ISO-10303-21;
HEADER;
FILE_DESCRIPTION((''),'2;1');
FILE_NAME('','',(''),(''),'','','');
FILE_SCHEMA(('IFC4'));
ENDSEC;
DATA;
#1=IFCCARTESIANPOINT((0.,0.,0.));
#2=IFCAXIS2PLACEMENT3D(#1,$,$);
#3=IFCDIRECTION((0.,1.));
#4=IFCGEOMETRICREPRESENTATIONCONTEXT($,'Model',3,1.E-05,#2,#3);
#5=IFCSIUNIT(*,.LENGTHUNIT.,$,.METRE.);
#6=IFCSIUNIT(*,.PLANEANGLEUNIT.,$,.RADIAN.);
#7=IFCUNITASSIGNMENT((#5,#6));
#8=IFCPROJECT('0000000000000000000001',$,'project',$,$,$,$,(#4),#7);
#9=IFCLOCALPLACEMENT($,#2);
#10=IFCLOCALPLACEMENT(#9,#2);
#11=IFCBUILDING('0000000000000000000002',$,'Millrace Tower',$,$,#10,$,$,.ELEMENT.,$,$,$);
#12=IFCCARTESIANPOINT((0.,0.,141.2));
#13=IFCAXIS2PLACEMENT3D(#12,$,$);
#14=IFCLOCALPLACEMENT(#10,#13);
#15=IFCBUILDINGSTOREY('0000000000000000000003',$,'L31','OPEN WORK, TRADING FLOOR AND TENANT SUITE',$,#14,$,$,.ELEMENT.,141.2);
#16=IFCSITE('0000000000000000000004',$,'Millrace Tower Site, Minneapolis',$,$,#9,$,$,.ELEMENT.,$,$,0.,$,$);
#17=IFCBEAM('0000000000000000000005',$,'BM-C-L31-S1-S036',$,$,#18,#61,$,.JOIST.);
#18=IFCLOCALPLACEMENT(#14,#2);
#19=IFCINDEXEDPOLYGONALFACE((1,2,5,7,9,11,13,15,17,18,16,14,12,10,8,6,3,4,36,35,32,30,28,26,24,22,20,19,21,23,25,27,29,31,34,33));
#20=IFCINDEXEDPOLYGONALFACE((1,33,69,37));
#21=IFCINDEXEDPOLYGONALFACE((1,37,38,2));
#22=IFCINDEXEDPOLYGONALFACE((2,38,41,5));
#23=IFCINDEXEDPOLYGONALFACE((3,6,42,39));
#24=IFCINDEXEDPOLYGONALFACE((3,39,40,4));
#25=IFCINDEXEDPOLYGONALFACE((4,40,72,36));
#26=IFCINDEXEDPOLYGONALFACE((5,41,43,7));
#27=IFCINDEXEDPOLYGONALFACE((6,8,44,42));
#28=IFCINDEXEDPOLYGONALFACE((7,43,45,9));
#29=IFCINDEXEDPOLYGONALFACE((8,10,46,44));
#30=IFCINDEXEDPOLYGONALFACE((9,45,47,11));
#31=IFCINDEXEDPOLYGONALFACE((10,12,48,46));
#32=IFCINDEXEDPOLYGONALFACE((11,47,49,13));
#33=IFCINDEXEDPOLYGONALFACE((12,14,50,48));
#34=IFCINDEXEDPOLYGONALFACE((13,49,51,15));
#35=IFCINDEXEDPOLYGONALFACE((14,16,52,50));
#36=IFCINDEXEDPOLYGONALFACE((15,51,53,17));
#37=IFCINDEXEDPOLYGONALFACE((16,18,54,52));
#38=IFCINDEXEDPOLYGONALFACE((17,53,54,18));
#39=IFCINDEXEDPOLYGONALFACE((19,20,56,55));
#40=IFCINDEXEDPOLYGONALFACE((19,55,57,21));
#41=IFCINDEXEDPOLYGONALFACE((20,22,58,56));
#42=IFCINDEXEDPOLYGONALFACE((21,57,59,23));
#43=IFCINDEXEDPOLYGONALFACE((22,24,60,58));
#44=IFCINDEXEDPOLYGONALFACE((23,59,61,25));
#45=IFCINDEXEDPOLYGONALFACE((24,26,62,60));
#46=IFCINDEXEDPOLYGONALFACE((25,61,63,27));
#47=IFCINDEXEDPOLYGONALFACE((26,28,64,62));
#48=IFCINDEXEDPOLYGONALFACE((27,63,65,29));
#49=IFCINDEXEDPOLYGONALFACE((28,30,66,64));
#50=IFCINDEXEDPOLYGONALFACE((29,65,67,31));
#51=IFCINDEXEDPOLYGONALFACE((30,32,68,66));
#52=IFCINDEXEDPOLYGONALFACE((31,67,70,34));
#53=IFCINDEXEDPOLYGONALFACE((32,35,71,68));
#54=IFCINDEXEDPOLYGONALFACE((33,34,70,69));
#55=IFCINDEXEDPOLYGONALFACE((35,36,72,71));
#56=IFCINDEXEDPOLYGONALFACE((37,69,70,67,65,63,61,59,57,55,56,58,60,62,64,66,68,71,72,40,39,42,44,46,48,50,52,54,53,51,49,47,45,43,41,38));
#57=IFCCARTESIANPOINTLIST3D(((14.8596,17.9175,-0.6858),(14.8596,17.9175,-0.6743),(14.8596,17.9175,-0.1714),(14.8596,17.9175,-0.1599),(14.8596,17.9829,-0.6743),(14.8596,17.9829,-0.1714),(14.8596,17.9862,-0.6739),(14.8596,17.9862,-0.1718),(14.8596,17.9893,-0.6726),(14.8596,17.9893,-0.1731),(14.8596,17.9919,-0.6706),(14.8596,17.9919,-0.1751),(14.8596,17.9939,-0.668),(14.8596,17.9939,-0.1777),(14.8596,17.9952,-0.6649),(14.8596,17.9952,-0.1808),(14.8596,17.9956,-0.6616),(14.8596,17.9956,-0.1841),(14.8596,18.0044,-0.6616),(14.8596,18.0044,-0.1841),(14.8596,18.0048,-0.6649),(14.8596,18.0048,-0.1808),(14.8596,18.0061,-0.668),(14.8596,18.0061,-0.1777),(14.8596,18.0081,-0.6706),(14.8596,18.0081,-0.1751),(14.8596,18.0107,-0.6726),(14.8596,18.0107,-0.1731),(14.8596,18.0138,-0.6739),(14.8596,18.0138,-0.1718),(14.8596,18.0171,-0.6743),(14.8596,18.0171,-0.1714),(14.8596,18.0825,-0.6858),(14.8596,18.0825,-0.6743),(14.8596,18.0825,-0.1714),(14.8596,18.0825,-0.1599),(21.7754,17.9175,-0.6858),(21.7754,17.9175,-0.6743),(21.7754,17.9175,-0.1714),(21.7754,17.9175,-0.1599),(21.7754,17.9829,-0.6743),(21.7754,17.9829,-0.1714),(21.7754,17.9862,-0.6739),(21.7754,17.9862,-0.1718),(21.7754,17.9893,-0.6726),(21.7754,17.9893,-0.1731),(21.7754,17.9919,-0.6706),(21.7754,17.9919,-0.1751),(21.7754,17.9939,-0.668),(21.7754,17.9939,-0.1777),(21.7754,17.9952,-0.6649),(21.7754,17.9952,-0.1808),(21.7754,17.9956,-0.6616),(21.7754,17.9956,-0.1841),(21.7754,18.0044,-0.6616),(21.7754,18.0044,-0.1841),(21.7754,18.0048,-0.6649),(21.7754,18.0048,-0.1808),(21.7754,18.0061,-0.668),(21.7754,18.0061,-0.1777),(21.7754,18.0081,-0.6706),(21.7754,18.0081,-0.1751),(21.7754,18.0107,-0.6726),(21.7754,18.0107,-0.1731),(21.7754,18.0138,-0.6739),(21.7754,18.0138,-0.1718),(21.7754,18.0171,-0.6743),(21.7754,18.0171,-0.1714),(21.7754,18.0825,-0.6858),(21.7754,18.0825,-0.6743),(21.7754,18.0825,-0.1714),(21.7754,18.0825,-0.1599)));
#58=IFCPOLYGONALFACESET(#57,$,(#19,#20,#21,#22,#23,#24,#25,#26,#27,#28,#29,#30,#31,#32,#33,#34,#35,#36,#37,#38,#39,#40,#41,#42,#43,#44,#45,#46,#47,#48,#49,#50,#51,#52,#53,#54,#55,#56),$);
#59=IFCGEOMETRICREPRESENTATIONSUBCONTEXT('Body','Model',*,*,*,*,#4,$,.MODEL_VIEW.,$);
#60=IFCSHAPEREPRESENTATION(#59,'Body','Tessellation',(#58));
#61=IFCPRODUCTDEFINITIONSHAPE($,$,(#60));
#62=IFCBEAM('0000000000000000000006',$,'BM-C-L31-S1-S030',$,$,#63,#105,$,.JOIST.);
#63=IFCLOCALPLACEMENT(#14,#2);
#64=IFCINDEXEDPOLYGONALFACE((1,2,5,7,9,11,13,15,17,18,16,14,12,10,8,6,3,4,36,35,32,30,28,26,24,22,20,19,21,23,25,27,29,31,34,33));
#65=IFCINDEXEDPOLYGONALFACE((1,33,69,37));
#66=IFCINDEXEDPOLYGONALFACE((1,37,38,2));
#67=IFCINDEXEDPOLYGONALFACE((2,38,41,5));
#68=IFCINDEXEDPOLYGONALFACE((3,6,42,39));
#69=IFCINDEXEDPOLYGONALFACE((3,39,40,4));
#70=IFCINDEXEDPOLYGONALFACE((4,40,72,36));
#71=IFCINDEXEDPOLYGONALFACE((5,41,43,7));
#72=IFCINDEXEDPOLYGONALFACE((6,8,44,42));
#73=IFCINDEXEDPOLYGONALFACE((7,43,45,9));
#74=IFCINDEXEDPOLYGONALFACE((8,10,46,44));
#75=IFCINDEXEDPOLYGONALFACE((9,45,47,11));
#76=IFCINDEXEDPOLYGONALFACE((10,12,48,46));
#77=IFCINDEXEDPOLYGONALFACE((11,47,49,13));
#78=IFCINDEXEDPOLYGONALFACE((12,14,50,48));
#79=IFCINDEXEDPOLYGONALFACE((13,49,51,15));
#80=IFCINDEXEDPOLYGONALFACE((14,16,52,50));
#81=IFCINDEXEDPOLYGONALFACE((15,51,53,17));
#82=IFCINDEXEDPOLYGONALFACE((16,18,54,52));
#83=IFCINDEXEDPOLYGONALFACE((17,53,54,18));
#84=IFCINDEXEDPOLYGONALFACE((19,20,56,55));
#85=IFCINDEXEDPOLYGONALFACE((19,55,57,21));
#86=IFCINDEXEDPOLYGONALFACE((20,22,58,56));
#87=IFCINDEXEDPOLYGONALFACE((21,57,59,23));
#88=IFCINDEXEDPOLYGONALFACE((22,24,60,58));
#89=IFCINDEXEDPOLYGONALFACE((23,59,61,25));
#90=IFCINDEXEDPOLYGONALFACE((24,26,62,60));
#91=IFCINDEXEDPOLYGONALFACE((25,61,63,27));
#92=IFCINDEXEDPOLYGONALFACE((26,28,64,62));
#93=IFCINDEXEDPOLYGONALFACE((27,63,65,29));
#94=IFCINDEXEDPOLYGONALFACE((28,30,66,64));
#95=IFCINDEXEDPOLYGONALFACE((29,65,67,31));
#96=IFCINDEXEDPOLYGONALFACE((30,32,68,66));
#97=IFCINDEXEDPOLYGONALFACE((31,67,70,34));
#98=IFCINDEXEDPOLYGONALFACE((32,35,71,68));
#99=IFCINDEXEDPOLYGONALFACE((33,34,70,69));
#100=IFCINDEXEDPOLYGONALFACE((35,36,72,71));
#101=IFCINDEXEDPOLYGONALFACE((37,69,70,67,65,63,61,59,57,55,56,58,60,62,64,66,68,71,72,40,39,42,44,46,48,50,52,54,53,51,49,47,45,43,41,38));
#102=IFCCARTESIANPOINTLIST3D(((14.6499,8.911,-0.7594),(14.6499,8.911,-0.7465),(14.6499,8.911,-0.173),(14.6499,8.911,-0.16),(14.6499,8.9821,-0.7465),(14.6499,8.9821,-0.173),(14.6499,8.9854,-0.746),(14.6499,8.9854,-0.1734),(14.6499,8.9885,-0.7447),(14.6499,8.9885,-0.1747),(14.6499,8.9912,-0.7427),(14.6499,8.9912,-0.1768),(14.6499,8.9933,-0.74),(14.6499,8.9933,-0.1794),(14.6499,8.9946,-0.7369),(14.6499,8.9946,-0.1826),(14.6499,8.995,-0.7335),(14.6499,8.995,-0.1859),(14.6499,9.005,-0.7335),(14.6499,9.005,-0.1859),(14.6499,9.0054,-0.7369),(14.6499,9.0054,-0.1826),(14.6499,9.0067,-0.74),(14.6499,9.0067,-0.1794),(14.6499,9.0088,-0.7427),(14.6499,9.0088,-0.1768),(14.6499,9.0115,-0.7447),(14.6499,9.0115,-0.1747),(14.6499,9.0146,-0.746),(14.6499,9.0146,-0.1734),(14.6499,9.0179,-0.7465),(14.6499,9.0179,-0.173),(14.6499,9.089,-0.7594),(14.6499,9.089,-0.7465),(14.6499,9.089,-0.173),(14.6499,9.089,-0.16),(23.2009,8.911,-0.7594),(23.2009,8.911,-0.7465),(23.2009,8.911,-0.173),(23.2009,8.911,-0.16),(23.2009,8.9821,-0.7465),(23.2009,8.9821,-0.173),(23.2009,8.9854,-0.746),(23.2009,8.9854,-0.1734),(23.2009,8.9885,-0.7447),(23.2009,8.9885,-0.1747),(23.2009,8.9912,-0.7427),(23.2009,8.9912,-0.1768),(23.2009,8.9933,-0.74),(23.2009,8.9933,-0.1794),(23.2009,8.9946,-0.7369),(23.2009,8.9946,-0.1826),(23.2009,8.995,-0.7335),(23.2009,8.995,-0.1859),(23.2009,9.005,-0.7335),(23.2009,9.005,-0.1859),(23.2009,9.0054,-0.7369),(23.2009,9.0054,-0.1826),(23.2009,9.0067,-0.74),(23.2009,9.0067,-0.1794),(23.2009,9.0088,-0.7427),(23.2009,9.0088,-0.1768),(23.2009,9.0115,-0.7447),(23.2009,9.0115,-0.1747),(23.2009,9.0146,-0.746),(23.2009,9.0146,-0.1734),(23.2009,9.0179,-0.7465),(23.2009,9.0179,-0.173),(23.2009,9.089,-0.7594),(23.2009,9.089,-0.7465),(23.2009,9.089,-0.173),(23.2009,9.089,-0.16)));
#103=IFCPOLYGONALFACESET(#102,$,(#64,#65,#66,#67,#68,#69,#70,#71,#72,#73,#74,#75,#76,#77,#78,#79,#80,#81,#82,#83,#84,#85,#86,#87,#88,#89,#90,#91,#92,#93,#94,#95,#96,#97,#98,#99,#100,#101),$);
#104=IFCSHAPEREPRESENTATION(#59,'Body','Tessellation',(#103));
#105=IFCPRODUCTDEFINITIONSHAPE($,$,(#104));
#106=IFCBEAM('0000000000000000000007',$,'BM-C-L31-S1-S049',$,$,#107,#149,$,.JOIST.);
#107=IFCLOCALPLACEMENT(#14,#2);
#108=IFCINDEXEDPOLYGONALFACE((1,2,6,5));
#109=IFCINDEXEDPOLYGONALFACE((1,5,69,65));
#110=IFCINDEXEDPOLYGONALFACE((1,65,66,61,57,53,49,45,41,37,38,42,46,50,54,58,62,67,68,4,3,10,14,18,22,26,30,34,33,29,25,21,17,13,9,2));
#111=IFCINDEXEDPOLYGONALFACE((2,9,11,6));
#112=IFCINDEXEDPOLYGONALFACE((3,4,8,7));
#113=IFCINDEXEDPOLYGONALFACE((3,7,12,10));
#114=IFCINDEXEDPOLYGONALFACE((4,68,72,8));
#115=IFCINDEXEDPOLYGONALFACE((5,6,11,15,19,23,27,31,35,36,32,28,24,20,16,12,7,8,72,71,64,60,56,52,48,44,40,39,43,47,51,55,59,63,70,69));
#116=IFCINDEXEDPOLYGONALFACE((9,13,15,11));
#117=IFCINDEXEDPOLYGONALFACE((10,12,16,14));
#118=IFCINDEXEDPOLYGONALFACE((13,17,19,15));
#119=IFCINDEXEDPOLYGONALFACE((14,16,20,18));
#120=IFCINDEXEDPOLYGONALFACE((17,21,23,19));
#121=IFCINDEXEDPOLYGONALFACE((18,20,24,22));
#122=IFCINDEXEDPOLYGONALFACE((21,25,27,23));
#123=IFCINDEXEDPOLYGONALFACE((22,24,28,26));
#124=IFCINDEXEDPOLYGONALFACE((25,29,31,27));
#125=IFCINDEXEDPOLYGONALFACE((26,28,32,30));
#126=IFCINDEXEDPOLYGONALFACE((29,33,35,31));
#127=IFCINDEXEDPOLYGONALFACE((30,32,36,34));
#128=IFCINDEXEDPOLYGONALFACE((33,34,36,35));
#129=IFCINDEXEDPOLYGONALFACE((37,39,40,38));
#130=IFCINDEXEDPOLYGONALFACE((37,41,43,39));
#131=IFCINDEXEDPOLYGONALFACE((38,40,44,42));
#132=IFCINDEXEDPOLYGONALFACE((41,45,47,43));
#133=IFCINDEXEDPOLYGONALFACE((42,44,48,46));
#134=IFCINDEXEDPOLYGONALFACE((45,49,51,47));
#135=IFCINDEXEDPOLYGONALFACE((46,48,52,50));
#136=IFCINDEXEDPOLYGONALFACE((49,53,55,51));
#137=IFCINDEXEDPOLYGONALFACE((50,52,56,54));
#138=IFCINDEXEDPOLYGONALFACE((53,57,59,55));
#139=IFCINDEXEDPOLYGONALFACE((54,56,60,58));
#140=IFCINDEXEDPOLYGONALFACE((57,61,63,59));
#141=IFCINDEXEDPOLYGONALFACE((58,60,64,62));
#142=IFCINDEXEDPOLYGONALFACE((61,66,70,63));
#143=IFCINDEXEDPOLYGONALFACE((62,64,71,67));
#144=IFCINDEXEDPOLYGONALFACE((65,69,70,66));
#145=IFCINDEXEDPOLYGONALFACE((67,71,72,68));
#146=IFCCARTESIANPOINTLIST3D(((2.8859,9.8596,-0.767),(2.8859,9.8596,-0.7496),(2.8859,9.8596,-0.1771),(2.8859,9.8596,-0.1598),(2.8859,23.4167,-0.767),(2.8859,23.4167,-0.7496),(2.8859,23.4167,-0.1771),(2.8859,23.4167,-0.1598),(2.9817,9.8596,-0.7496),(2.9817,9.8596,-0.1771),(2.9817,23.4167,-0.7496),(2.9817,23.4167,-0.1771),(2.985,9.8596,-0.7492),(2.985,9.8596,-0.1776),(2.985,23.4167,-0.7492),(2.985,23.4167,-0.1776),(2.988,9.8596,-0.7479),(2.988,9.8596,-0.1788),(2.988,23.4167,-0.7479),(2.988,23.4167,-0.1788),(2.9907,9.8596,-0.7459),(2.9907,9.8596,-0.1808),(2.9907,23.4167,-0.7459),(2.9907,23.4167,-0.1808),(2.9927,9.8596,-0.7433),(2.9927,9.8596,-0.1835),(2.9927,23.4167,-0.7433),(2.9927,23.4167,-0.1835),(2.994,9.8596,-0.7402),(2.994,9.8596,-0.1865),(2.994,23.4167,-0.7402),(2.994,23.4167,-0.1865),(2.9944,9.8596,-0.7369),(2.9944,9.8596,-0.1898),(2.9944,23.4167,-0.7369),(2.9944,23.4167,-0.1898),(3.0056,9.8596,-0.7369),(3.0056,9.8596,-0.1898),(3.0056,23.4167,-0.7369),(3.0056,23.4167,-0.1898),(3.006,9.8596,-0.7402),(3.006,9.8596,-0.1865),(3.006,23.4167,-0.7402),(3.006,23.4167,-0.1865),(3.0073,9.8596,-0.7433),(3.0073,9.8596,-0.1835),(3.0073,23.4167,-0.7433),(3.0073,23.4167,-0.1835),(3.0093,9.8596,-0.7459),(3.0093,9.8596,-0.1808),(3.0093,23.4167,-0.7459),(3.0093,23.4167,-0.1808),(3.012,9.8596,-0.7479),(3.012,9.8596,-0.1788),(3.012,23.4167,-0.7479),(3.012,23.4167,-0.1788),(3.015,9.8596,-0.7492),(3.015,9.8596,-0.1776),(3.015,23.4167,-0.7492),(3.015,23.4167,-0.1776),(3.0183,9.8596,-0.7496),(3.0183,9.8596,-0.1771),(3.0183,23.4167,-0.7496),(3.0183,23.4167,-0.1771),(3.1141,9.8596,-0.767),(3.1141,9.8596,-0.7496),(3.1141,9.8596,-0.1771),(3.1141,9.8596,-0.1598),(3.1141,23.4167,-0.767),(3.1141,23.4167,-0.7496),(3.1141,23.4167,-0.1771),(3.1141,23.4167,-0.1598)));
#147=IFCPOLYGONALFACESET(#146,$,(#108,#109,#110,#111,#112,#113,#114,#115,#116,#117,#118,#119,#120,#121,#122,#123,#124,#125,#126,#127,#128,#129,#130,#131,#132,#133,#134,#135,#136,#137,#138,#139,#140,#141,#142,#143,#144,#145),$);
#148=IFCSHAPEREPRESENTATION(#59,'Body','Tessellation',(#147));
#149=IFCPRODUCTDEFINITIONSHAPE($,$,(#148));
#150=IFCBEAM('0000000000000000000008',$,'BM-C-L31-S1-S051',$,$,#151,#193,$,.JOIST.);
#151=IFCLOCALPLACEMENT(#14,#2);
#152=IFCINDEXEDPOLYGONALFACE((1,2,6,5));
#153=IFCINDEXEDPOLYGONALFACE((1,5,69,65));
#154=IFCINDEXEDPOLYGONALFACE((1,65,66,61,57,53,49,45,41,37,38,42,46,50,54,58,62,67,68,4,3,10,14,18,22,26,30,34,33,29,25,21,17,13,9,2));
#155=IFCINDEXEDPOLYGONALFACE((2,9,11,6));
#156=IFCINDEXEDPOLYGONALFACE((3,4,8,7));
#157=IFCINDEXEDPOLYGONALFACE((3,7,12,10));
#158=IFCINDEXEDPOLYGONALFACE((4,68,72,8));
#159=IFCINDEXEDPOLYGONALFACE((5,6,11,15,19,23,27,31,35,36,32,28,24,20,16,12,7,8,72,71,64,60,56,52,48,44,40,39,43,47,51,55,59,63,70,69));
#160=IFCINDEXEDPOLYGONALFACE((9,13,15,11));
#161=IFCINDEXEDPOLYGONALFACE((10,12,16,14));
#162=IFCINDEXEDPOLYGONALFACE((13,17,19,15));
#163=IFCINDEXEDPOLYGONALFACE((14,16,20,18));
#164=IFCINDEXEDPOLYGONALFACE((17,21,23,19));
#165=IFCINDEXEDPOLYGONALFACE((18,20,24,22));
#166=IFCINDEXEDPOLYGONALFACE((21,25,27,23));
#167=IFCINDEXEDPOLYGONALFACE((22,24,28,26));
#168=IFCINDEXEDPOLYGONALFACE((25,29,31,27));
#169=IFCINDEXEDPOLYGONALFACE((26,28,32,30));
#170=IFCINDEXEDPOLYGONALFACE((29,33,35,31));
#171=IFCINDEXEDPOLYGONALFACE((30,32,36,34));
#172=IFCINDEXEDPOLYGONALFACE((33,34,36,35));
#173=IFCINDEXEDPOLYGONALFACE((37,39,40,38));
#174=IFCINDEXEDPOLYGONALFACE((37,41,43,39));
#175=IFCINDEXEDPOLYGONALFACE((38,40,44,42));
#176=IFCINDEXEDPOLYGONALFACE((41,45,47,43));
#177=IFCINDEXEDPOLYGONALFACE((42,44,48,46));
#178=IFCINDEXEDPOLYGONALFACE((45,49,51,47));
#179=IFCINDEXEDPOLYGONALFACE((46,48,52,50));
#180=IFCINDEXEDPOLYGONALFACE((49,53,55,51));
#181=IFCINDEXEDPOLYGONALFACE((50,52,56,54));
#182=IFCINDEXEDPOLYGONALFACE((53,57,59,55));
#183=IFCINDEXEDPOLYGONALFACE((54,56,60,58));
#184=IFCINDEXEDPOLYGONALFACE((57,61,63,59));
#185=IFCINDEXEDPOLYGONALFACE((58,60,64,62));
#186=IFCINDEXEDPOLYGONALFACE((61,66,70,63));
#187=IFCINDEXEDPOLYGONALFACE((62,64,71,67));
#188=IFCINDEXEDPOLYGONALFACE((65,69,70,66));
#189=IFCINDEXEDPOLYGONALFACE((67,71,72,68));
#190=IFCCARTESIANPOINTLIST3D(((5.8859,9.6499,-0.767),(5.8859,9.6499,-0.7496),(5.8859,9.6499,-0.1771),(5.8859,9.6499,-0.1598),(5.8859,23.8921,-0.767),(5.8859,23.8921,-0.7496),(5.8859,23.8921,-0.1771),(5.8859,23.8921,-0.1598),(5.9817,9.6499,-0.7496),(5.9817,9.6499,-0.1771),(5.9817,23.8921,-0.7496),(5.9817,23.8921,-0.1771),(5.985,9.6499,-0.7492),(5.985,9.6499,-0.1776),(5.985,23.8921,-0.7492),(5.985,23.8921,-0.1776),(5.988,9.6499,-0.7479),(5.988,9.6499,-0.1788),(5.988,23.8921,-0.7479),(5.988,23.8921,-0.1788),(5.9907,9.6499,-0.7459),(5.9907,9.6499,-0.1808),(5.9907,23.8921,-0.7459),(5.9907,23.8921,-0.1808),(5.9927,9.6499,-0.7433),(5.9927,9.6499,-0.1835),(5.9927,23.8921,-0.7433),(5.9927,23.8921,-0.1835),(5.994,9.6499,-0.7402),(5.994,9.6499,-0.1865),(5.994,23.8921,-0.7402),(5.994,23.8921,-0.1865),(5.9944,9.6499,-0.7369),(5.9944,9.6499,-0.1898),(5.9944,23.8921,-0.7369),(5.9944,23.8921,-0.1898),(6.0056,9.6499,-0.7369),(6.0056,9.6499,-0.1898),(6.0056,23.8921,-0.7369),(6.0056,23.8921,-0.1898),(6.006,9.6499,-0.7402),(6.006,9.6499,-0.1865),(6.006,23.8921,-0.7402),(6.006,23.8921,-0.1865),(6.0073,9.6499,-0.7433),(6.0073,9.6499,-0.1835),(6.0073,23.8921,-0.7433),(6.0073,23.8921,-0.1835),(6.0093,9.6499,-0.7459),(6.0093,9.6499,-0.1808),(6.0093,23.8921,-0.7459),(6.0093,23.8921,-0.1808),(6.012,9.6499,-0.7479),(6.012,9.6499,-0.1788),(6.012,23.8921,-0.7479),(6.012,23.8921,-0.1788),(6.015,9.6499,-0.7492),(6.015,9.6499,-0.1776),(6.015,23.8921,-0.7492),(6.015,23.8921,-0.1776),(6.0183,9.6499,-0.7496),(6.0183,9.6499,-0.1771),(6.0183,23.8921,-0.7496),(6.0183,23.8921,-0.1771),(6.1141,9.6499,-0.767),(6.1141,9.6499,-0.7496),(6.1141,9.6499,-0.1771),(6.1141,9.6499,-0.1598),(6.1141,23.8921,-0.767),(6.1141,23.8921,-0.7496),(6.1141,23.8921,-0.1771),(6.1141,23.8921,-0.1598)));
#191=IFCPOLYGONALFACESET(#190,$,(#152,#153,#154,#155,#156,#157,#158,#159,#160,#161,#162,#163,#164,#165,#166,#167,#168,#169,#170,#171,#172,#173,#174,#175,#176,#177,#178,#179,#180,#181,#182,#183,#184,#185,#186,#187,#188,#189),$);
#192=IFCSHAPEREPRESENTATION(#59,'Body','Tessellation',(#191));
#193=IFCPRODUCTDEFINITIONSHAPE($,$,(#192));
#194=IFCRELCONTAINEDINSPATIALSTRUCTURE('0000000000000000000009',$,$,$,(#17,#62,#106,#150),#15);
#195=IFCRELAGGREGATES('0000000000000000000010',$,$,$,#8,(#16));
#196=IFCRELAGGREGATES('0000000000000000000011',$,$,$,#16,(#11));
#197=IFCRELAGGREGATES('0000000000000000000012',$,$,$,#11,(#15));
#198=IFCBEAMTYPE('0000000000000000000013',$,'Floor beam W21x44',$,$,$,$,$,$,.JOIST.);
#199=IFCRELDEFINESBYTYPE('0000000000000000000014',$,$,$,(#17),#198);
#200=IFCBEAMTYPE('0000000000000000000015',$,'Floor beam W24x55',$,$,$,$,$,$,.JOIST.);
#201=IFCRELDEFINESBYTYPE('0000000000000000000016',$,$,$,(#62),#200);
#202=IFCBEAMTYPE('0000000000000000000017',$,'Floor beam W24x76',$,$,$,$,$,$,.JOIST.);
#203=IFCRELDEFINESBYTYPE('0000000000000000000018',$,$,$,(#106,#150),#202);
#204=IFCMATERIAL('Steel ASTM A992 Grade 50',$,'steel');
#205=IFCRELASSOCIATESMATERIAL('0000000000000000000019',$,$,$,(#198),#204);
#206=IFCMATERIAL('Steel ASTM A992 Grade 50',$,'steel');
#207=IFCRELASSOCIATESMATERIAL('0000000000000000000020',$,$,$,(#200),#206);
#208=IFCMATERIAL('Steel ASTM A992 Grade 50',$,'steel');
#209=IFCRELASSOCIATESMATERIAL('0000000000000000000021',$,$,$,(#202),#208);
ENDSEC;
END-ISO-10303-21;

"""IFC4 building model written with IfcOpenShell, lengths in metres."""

from ifc_helpers import new_model, si_unit, direction, frame, origin, origin_2d, place, context, subcontext, project, spatial, i_section, extrude, material, material_profile, profile_set, type_object, element, save


model = new_model("IFC4")

# Units and contexts
model_context = context("Model", 3, precision=1e-05, world=origin(), true_north=direction((0.0, 1.0)))
body_context = subcontext(model_context, "Body", "Model", "MODEL_VIEW")
ifc_project = project(units=[si_unit("LENGTHUNIT", "METRE"), si_unit("PLANEANGLEUNIT", "RADIAN")], contexts=[model_context])

# Site, building, storey
site_placement = place(None, origin())
site = spatial("IfcSite", under=ifc_project, at=site_placement, Name="Millrace Tower Site, Minneapolis", CompositionType="ELEMENT", RefElevation=0.0)
building_placement = place(site_placement, origin())
building = spatial("IfcBuilding", under=site, at=building_placement, Name="Millrace Tower", CompositionType="ELEMENT")
storey_placement = place(building_placement, frame((0.0, 0.0, 141.2)))
storey = spatial("IfcBuildingStorey", under=building, at=storey_placement, Name="L31", Description="OPEN WORK, TRADING FLOOR AND TENANT SUITE", CompositionType="ELEMENT", Elevation=141.2)

# Beams
ifc_material_1 = material(Name="Steel ASTM A992 Grade 50", Category="steel")
ifc_material_profile_1 = material_profile(ifc_material_1, i_section(OverallWidth=0.165, OverallDepth=0.5259, WebThickness=0.0088, FlangeThickness=0.0115, FilletRadius=0.0127, at=origin_2d()))
ifc_profile_set_1 = profile_set([ifc_material_profile_1], Name="Steel ASTM A992 Grade 50")
beam_type_1 = type_object("IfcBeamType", Name="Floor beam W21x44", PredefinedType="JOIST", material=ifc_profile_set_1)
beam_1_placement = place(storey_placement, frame((14.8596, 18.0, -0.4229), z_axis=(1.0, 0.0, 0.0), x_axis=(0.0, 1.0, 0.0)))
element("IfcBeam", 1, at=beam_1_placement, inside=storey, type_object=beam_type_1, Name="BM-C-L31-S1-S036", PredefinedType="JOIST", context=body_context, shape_type="SweptSolid", body=[
    extrude(i_section(OverallWidth=0.165, OverallDepth=0.5259, WebThickness=0.0088, FlangeThickness=0.0115, FilletRadius=0.0127, at=origin_2d()), origin(), (0.0, 0.0, 1.0), 6.9158),
])
ifc_material_2 = material(Name="Steel ASTM A992 Grade 50", Category="steel")
ifc_material_profile_2 = material_profile(ifc_material_2, i_section(OverallWidth=0.178, OverallDepth=0.5994, WebThickness=0.01, FlangeThickness=0.0129, FilletRadius=0.0129, at=origin_2d()))
ifc_profile_set_2 = profile_set([ifc_material_profile_2], Name="Steel ASTM A992 Grade 50")
beam_type_2 = type_object("IfcBeamType", Name="Floor beam W24x55", PredefinedType="JOIST", material=ifc_profile_set_2)
beam_2_placement = place(storey_placement, frame((14.6499, 9.0, -0.4597), z_axis=(1.0, 0.0, 0.0), x_axis=(0.0, 1.0, 0.0)))
element("IfcBeam", 2, at=beam_2_placement, inside=storey, type_object=beam_type_2, Name="BM-C-L31-S1-S030", PredefinedType="JOIST", context=body_context, shape_type="SweptSolid", body=[
    extrude(i_section(OverallWidth=0.178, OverallDepth=0.5994, WebThickness=0.01, FlangeThickness=0.0129, FilletRadius=0.0129, at=origin_2d()), origin(), (0.0, 0.0, 1.0), 8.551),
])
ifc_material_3 = material(Name="Steel ASTM A992 Grade 50", Category="steel")
ifc_material_profile_3 = material_profile(ifc_material_3, i_section(OverallWidth=0.2283, OverallDepth=0.6072, WebThickness=0.0112, FlangeThickness=0.0173, FilletRadius=0.0127, at=origin_2d()))
ifc_profile_set_3 = profile_set([ifc_material_profile_3], Name="Steel ASTM A992 Grade 50")
beam_type_3 = type_object("IfcBeamType", Name="Floor beam W24x76", PredefinedType="JOIST", material=ifc_profile_set_3)
beam_3_placement = place(storey_placement, frame((3.0, 9.8596, -0.4634), z_axis=(0.0, 1.0, 0.0), x_axis=(-1.0, 0.0, 0.0)))
element("IfcBeam", 3, at=beam_3_placement, inside=storey, type_object=beam_type_3, Name="BM-C-L31-S1-S049", PredefinedType="JOIST", context=body_context, shape_type="SweptSolid", body=[
    extrude(i_section(OverallWidth=0.2283, OverallDepth=0.6072, WebThickness=0.0112, FlangeThickness=0.0173, FilletRadius=0.0127, at=origin_2d()), origin(), (0.0, 0.0, 1.0), 13.5571),
])
beam_4_placement = place(storey_placement, frame((6.0, 9.6499, -0.4634), z_axis=(0.0, 1.0, 0.0), x_axis=(-1.0, 0.0, 0.0)))
element("IfcBeam", 4, at=beam_4_placement, inside=storey, type_object=beam_type_3, Name="BM-C-L31-S1-S051", PredefinedType="JOIST", context=body_context, shape_type="SweptSolid", body=[
    extrude(i_section(OverallWidth=0.2283, OverallDepth=0.6072, WebThickness=0.0112, FlangeThickness=0.0173, FilletRadius=0.0127, at=origin_2d()), origin(), (0.0, 0.0, 1.0), 14.2422),
])

save(model, "model.ifc")
